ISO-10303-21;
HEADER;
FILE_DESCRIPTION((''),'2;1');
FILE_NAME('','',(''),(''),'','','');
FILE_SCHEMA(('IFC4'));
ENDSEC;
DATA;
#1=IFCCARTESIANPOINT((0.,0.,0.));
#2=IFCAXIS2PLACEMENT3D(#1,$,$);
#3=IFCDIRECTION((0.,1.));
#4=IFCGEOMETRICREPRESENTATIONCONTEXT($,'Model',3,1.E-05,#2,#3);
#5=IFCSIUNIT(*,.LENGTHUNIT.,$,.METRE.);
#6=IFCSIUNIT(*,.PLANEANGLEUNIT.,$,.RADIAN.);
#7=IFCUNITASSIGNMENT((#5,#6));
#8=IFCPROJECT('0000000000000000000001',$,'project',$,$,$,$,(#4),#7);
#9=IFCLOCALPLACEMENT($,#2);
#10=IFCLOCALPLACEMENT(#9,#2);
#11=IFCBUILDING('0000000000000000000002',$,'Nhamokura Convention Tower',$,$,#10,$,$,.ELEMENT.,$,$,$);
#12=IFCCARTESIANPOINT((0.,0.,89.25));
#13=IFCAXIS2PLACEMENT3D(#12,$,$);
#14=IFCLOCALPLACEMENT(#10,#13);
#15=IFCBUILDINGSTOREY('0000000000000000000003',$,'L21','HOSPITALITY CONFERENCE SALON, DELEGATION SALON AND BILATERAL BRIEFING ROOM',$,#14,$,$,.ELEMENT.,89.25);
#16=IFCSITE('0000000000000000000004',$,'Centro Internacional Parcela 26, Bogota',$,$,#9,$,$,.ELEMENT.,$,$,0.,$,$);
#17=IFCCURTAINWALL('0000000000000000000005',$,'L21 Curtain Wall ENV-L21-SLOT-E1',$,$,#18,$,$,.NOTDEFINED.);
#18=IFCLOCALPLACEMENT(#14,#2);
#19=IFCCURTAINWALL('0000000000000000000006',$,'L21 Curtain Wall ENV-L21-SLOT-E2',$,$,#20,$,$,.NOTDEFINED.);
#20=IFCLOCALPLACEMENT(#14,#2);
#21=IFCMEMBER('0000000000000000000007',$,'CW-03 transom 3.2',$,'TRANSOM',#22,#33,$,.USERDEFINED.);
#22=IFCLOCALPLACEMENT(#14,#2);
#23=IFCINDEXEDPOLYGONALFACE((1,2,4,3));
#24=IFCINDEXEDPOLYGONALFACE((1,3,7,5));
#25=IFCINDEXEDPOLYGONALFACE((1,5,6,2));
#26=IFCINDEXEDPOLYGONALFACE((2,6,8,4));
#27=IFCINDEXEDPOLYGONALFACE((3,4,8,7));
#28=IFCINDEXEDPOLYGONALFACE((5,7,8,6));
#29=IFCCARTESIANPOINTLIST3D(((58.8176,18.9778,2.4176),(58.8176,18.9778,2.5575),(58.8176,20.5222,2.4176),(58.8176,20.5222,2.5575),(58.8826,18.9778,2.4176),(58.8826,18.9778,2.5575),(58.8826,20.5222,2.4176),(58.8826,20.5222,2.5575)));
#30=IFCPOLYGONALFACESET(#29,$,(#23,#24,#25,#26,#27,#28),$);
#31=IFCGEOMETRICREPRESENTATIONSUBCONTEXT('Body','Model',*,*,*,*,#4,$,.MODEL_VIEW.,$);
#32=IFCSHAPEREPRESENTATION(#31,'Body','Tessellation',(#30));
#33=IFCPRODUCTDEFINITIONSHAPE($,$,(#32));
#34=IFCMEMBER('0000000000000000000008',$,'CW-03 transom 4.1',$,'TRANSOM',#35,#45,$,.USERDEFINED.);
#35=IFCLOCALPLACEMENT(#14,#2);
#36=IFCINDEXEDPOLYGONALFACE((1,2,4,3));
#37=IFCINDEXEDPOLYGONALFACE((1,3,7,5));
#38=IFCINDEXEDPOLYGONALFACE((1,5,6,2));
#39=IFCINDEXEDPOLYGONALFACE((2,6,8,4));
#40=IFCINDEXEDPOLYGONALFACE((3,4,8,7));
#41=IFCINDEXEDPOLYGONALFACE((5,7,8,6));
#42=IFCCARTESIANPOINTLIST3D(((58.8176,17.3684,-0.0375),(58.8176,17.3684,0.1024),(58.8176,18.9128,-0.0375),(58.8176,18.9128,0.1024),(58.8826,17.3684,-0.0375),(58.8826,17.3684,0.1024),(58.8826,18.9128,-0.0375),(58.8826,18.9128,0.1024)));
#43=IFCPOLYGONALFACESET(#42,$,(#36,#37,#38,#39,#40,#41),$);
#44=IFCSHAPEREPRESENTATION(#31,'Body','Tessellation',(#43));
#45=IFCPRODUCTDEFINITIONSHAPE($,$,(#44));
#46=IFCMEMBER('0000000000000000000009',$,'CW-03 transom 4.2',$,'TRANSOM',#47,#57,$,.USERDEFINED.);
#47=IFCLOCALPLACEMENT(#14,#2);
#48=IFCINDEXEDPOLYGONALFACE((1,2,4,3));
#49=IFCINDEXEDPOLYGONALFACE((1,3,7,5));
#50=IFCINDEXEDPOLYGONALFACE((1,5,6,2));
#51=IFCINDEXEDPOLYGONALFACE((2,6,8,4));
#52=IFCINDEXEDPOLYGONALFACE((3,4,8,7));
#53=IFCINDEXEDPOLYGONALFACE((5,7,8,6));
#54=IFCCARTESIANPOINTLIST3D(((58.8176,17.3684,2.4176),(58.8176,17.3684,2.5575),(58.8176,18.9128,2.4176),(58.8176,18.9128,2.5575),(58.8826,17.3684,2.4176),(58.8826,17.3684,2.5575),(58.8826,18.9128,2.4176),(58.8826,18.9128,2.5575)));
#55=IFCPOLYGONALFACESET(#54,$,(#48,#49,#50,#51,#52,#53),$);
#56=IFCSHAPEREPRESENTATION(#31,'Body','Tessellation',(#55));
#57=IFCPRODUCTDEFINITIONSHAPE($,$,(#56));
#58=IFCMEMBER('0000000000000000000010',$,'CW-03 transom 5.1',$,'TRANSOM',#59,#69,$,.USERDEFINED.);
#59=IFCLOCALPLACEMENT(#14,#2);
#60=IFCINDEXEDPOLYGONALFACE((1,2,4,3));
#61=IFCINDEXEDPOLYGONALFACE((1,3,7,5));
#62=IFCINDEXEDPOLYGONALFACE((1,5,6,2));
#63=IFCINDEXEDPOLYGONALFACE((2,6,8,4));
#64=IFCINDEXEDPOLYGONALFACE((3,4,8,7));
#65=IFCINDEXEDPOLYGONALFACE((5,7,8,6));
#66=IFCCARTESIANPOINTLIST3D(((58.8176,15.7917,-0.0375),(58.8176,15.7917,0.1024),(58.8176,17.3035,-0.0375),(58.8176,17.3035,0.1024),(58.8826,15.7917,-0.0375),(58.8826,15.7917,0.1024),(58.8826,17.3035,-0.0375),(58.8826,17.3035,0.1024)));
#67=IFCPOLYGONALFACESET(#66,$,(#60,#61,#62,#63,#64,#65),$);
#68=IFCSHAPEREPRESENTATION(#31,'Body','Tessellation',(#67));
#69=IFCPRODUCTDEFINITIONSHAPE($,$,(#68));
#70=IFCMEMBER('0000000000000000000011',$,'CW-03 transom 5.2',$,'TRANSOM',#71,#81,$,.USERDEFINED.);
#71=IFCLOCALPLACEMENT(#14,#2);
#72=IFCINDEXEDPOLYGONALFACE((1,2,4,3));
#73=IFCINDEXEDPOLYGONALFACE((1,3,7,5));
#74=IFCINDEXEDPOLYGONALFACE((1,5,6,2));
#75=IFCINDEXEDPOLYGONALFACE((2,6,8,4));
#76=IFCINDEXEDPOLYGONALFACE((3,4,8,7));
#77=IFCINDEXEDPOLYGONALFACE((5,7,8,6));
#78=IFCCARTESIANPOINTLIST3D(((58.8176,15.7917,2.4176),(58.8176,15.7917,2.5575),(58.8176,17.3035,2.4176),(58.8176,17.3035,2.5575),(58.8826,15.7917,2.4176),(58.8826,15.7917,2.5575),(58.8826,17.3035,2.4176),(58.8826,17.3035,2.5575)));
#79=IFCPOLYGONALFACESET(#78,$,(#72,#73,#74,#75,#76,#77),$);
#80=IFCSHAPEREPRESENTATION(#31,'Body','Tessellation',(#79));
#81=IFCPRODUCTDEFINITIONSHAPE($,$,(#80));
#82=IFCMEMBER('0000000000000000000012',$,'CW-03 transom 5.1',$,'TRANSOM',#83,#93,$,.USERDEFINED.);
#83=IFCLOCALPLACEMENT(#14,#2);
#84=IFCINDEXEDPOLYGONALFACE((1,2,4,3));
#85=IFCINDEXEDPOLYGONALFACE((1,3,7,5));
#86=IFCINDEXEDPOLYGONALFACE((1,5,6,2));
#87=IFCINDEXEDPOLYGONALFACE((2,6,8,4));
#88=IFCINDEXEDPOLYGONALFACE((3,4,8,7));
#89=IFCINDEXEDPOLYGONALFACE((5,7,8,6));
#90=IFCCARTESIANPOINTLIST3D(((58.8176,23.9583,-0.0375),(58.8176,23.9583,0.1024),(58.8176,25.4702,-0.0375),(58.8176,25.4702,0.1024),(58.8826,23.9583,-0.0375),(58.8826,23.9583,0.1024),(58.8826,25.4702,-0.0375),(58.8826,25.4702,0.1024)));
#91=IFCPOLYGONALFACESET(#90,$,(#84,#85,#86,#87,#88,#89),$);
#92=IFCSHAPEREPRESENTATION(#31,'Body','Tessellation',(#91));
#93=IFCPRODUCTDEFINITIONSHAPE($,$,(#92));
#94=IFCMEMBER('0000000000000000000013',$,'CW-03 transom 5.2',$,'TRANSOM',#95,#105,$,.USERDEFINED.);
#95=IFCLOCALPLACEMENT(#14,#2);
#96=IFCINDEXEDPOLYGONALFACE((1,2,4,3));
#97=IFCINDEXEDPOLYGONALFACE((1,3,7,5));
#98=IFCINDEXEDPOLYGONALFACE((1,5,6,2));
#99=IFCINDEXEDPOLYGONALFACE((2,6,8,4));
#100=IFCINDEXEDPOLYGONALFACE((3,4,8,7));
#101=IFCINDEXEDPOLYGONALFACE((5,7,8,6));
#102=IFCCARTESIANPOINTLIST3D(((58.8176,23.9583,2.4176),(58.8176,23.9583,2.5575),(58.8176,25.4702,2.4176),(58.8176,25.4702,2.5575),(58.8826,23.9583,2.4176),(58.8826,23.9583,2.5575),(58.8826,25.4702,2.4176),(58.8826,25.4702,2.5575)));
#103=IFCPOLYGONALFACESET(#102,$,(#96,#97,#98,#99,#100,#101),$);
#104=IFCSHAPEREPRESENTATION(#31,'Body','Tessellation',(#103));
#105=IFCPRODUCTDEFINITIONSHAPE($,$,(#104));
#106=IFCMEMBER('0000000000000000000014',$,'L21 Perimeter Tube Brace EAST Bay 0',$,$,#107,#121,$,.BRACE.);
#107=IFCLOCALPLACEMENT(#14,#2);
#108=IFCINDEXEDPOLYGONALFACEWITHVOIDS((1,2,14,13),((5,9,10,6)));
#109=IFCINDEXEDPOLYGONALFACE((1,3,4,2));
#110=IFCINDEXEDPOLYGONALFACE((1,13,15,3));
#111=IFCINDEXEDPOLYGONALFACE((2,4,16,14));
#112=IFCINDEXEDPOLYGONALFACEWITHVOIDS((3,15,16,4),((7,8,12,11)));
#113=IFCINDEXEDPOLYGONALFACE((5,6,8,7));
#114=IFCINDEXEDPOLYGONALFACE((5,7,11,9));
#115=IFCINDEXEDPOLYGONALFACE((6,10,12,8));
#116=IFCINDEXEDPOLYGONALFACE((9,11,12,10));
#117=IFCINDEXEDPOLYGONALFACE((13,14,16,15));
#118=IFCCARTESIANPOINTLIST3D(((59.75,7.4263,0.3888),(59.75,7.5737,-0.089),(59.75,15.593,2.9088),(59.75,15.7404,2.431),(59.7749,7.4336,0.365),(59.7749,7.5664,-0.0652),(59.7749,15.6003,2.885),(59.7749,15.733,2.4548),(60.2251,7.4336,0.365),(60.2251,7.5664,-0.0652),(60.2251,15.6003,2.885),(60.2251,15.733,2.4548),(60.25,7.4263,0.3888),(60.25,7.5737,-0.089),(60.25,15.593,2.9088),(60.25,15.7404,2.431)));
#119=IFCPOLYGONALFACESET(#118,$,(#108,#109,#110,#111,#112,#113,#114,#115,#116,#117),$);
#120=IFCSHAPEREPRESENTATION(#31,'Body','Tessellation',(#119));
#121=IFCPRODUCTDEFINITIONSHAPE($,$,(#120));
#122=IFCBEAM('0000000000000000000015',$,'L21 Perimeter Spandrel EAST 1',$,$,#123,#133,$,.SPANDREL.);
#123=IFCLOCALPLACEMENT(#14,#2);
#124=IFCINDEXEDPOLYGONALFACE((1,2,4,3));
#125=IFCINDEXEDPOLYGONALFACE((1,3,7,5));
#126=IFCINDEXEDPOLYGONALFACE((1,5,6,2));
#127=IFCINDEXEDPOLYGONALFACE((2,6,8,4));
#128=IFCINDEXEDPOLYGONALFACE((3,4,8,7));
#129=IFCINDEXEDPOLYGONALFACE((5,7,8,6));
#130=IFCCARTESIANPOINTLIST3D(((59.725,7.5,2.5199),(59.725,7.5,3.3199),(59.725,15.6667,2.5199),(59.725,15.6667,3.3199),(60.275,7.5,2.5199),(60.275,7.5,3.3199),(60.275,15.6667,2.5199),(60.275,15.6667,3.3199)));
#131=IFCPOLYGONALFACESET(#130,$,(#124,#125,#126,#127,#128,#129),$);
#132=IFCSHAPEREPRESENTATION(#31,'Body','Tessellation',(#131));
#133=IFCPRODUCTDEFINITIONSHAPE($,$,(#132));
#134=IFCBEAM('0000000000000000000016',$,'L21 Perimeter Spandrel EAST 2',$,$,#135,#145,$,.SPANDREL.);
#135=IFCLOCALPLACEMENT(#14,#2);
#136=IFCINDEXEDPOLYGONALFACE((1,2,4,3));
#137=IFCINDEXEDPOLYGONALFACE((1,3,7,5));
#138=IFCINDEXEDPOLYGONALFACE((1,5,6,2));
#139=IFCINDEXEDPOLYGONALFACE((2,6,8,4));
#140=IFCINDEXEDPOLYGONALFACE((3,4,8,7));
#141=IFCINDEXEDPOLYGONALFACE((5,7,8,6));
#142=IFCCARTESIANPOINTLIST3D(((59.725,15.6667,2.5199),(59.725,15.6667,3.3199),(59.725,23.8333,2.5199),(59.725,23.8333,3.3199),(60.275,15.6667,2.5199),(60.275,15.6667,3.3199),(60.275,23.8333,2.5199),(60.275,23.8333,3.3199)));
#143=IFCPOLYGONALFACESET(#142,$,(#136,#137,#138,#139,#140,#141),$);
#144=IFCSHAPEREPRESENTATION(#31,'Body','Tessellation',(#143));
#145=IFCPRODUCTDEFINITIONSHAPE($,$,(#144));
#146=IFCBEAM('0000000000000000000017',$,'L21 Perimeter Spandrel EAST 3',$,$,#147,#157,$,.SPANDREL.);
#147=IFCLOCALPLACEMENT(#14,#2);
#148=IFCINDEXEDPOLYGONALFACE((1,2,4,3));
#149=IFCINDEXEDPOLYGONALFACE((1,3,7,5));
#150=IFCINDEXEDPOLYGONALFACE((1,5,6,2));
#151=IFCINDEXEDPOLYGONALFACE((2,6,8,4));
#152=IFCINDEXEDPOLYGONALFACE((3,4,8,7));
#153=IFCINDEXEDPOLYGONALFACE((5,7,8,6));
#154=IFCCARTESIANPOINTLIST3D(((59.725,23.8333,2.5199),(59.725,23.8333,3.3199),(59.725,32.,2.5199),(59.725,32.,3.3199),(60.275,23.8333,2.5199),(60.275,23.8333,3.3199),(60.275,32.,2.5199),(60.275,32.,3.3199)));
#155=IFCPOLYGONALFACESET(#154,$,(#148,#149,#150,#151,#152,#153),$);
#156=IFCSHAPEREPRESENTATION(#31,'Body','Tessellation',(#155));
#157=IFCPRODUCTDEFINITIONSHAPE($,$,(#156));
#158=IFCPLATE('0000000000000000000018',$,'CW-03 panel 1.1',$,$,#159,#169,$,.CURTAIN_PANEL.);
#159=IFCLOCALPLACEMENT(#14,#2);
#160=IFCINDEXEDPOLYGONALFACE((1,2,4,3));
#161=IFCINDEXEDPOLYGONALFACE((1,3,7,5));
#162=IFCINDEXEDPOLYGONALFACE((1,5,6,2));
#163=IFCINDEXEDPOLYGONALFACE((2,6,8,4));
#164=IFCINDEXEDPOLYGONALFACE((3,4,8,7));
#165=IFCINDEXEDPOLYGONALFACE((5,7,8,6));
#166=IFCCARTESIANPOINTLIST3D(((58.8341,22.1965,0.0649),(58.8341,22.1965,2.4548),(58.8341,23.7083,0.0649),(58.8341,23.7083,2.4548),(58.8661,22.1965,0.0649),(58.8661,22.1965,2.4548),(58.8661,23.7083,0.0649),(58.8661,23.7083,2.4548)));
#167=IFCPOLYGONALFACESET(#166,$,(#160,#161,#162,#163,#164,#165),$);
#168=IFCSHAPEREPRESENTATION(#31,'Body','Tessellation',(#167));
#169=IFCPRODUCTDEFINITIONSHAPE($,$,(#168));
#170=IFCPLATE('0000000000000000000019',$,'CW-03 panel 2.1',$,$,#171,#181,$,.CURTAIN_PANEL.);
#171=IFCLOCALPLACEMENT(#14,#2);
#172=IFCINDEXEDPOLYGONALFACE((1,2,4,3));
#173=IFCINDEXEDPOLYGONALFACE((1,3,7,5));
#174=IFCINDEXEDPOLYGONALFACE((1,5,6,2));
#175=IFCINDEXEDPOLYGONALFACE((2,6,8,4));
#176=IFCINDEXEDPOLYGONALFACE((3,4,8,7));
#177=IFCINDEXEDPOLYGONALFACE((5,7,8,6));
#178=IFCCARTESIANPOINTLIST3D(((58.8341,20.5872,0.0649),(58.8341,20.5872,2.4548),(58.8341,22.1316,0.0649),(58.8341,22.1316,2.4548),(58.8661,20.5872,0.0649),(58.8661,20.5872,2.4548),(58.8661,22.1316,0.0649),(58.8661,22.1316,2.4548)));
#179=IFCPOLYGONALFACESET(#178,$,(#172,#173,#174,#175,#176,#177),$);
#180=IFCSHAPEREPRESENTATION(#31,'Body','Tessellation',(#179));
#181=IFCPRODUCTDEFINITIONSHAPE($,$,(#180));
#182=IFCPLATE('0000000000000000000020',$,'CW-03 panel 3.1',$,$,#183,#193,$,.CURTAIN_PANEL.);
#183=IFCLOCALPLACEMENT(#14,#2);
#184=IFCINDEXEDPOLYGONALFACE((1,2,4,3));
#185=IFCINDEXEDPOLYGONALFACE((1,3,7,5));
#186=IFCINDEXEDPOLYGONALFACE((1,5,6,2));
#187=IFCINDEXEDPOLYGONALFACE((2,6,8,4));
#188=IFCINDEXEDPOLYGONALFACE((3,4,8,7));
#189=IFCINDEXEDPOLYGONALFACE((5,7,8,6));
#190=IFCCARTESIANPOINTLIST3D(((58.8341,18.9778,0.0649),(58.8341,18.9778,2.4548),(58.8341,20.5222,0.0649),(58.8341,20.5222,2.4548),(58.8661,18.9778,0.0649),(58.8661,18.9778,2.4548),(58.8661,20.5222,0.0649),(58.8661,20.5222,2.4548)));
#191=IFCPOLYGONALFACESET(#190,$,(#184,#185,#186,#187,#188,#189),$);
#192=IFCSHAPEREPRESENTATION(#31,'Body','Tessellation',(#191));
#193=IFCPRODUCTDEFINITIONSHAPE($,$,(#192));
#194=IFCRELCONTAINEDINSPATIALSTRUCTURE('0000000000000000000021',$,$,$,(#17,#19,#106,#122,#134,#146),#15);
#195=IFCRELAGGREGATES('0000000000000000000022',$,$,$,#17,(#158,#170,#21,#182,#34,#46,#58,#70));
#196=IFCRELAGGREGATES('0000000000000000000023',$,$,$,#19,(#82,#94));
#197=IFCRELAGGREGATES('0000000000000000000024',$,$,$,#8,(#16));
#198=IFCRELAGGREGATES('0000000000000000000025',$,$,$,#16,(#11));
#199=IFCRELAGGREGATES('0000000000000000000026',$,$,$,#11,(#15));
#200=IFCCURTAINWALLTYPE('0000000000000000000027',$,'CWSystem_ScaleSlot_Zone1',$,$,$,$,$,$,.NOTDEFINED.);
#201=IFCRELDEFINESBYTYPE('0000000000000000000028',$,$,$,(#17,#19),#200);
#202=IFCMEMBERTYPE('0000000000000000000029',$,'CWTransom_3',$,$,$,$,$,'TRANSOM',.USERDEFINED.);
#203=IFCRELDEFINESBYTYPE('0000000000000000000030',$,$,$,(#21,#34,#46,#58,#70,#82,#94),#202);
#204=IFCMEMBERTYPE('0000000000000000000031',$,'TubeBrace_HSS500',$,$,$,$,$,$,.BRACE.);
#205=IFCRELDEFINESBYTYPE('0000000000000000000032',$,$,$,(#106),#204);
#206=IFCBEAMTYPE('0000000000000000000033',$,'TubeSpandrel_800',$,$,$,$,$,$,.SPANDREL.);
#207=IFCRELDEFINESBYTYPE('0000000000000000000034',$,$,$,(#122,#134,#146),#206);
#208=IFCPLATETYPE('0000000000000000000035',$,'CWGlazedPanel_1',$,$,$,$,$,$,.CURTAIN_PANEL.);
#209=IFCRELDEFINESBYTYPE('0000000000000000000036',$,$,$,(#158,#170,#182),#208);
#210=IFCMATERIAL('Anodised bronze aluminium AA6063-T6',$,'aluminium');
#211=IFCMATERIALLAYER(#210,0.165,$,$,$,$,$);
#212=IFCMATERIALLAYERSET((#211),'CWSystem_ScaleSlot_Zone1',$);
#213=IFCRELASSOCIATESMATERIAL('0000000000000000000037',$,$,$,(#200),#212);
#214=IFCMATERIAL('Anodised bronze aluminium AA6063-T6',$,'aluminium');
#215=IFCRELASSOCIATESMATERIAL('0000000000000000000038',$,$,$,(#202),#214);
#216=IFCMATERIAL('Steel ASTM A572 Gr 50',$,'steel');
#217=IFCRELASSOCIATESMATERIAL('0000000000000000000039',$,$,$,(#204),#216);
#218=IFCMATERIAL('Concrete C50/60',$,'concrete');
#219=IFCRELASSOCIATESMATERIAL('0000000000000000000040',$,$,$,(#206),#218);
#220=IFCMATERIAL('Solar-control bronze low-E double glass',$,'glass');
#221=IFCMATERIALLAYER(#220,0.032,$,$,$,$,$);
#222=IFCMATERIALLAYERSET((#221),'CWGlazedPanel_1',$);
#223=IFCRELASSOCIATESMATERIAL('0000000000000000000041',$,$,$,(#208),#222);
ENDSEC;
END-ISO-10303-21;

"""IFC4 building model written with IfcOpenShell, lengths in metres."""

from ifc_helpers import new_model, si_unit, direction, frame, origin, origin_2d, place, context, subcontext, project, spatial, rectangle, hollow_rectangle, extrude, material, layer, layer_set, material_profile, profile_set, type_object, element, aggregate, save


model = new_model("IFC4")

# Units and contexts
model_context = context("Model", 3, precision=1e-05, world=origin(), true_north=direction((0.0, 1.0)))
body_context = subcontext(model_context, "Body", "Model", "MODEL_VIEW")
ifc_project = project(units=[si_unit("LENGTHUNIT", "METRE"), si_unit("PLANEANGLEUNIT", "RADIAN")], contexts=[model_context])

# Site, building, storey
site_placement = place(None, origin())
site = spatial("IfcSite", under=ifc_project, at=site_placement, Name="Centro Internacional Parcela 26, Bogota", CompositionType="ELEMENT", RefElevation=0.0)
building_placement = place(site_placement, origin())
building = spatial("IfcBuilding", under=site, at=building_placement, Name="Nhamokura Convention Tower", CompositionType="ELEMENT")
storey_placement = place(building_placement, frame((0.0, 0.0, 89.25)))
storey = spatial("IfcBuildingStorey", under=building, at=storey_placement, Name="L21", Description="HOSPITALITY CONFERENCE SALON, DELEGATION SALON AND BILATERAL BRIEFING ROOM", CompositionType="ELEMENT", Elevation=89.25)

# Curtain walls
ifc_material_1 = material(Name="Anodised bronze aluminium AA6063-T6", Category="aluminium")
ifc_layer_1 = layer(ifc_material_1, 0.165)
ifc_layer_set_1 = layer_set([ifc_layer_1], Name="CWSystem_ScaleSlot_Zone1")
curtain_wall_type = type_object("IfcCurtainWallType", Name="CWSystem_ScaleSlot_Zone1", PredefinedType="NOTDEFINED", material=ifc_layer_set_1)
curtain_wall_1_placement = place(storey_placement, origin())
curtain_wall_1 = element("IfcCurtainWall", 1, at=curtain_wall_1_placement, inside=storey, type_object=curtain_wall_type, Name="L21 Curtain Wall ENV-L21-SLOT-E1", PredefinedType="NOTDEFINED")
curtain_wall_2_placement = place(storey_placement, origin())
curtain_wall_2 = element("IfcCurtainWall", 2, at=curtain_wall_2_placement, inside=storey, type_object=curtain_wall_type, Name="L21 Curtain Wall ENV-L21-SLOT-E2", PredefinedType="NOTDEFINED")

# Members
ifc_material_2 = material(Name="Anodised bronze aluminium AA6063-T6", Category="aluminium")
ifc_material_profile_1 = material_profile(ifc_material_2, rectangle(XDim=0.0649, YDim=0.1399, at=origin_2d()))
ifc_profile_set_1 = profile_set([ifc_material_profile_1], Name="Anodised bronze aluminium AA6063-T6")
member_type_1 = type_object("IfcMemberType", Name="CWTransom_3", ElementType="TRANSOM", PredefinedType="USERDEFINED", material=ifc_profile_set_1)
member_1_placement = place(storey_placement, frame((58.8501, 20.5222, 2.4875), z_axis=(0.0, -1.0, 0.0), x_axis=(1.0, 0.0, 0.0)))
member_1 = element("IfcMember", 3, at=member_1_placement, type_object=member_type_1, Name="CW-03 transom 3.2", ObjectType="TRANSOM", PredefinedType="USERDEFINED", context=body_context, shape_type="SweptSolid", body=[
    extrude(rectangle(XDim=0.0649, YDim=0.1399, at=origin_2d()), origin(), (0.0, 0.0, 1.0), 1.5444),
])
member_2_placement = place(storey_placement, frame((58.8501, 18.9128, 0.0325), z_axis=(0.0, -1.0, 0.0), x_axis=(1.0, 0.0, 0.0)))
member_2 = element("IfcMember", 4, at=member_2_placement, type_object=member_type_1, Name="CW-03 transom 4.1", ObjectType="TRANSOM", PredefinedType="USERDEFINED", context=body_context, shape_type="SweptSolid", body=[
    extrude(rectangle(XDim=0.0649, YDim=0.1399, at=origin_2d()), origin(), (0.0, 0.0, 1.0), 1.5444),
])
member_3_placement = place(storey_placement, frame((58.8501, 18.9128, 2.4875), z_axis=(0.0, -1.0, 0.0), x_axis=(1.0, 0.0, 0.0)))
member_3 = element("IfcMember", 5, at=member_3_placement, type_object=member_type_1, Name="CW-03 transom 4.2", ObjectType="TRANSOM", PredefinedType="USERDEFINED", context=body_context, shape_type="SweptSolid", body=[
    extrude(rectangle(XDim=0.0649, YDim=0.1399, at=origin_2d()), origin(), (0.0, 0.0, 1.0), 1.5444),
])
member_4_placement = place(storey_placement, frame((58.8501, 17.3035, 0.0325), z_axis=(0.0, -1.0, 0.0), x_axis=(1.0, 0.0, 0.0)))
member_4 = element("IfcMember", 6, at=member_4_placement, type_object=member_type_1, Name="CW-03 transom 5.1", ObjectType="TRANSOM", PredefinedType="USERDEFINED", context=body_context, shape_type="SweptSolid", body=[
    extrude(rectangle(XDim=0.0649, YDim=0.1399, at=origin_2d()), origin(), (0.0, 0.0, 1.0), 1.5117),
])
member_5_placement = place(storey_placement, frame((58.8501, 17.3035, 2.4875), z_axis=(0.0, -1.0, 0.0), x_axis=(1.0, 0.0, 0.0)))
member_5 = element("IfcMember", 7, at=member_5_placement, type_object=member_type_1, Name="CW-03 transom 5.2", ObjectType="TRANSOM", PredefinedType="USERDEFINED", context=body_context, shape_type="SweptSolid", body=[
    extrude(rectangle(XDim=0.0649, YDim=0.1399, at=origin_2d()), origin(), (0.0, 0.0, 1.0), 1.5117),
])
member_6_placement = place(storey_placement, frame((58.8501, 25.4702, 0.0325), z_axis=(0.0, -1.0, 0.0), x_axis=(1.0, 0.0, 0.0)))
member_6 = element("IfcMember", 8, at=member_6_placement, type_object=member_type_1, Name="CW-03 transom 5.1", ObjectType="TRANSOM", PredefinedType="USERDEFINED", context=body_context, shape_type="SweptSolid", body=[
    extrude(rectangle(XDim=0.0649, YDim=0.1399, at=origin_2d()), origin(), (0.0, 0.0, 1.0), 1.512),
])
member_7_placement = place(storey_placement, frame((58.8501, 25.4702, 2.4875), z_axis=(0.0, -1.0, 0.0), x_axis=(1.0, 0.0, 0.0)))
member_7 = element("IfcMember", 9, at=member_7_placement, type_object=member_type_1, Name="CW-03 transom 5.2", ObjectType="TRANSOM", PredefinedType="USERDEFINED", context=body_context, shape_type="SweptSolid", body=[
    extrude(rectangle(XDim=0.0649, YDim=0.1399, at=origin_2d()), origin(), (0.0, 0.0, 1.0), 1.512),
])
ifc_material_3 = material(Name="Steel ASTM A572 Gr 50", Category="steel")
ifc_material_profile_2 = material_profile(ifc_material_3, hollow_rectangle(XDim=0.5, YDim=0.5, WallThickness=0.0249, at=origin_2d()))
ifc_profile_set_2 = profile_set([ifc_material_profile_2], Name="Steel ASTM A572 Gr 50")
member_type_2 = type_object("IfcMemberType", Name="TubeBrace_HSS500", PredefinedType="BRACE", material=ifc_profile_set_2)
member_8_placement = place(storey_placement, frame((60.0, 7.5, 0.1499), z_axis=(0.0, 0.955543, 0.294853), x_axis=(-1.0, 0.0, 0.0)))
element("IfcMember", 10, at=member_8_placement, inside=storey, type_object=member_type_2, Name="L21 Perimeter Tube Brace EAST Bay 0", PredefinedType="BRACE", context=body_context, shape_type="SweptSolid", body=[
    extrude(hollow_rectangle(XDim=0.5, YDim=0.5, WallThickness=0.0249, at=origin_2d()), origin(), (0.0, 0.0, 1.0), 8.5466),
])

# Beams
ifc_material_4 = material(Name="Concrete C50/60", Category="concrete")
ifc_material_profile_3 = material_profile(ifc_material_4, rectangle(XDim=0.55, YDim=0.8, at=origin_2d()))
ifc_profile_set_3 = profile_set([ifc_material_profile_3], Name="Concrete C50/60")
beam_type = type_object("IfcBeamType", Name="TubeSpandrel_800", PredefinedType="SPANDREL", material=ifc_profile_set_3)
beam_1_placement = place(storey_placement, frame((60.0, 7.5, 2.9199), z_axis=(0.0, 1.0, 0.0), x_axis=(-1.0, 0.0, 0.0)))
element("IfcBeam", 11, at=beam_1_placement, inside=storey, type_object=beam_type, Name="L21 Perimeter Spandrel EAST 1", PredefinedType="SPANDREL", context=body_context, shape_type="SweptSolid", body=[
    extrude(rectangle(XDim=0.55, YDim=0.8, at=origin_2d()), origin(), (0.0, 0.0, 1.0), 8.1667),
])
beam_2_placement = place(storey_placement, frame((60.0, 15.6667, 2.9199), z_axis=(0.0, 1.0, 0.0), x_axis=(-1.0, 0.0, 0.0)))
element("IfcBeam", 12, at=beam_2_placement, inside=storey, type_object=beam_type, Name="L21 Perimeter Spandrel EAST 2", PredefinedType="SPANDREL", context=body_context, shape_type="SweptSolid", body=[
    extrude(rectangle(XDim=0.55, YDim=0.8, at=origin_2d()), origin(), (0.0, 0.0, 1.0), 8.1665),
])
beam_3_placement = place(storey_placement, frame((60.0, 23.8333, 2.9199), z_axis=(0.0, 1.0, 0.0), x_axis=(-1.0, 0.0, 0.0)))
element("IfcBeam", 13, at=beam_3_placement, inside=storey, type_object=beam_type, Name="L21 Perimeter Spandrel EAST 3", PredefinedType="SPANDREL", context=body_context, shape_type="SweptSolid", body=[
    extrude(rectangle(XDim=0.55, YDim=0.8, at=origin_2d()), origin(), (0.0, 0.0, 1.0), 8.1667),
])

# Plates
ifc_material_5 = material(Name="Solar-control bronze low-E double glass", Category="glass")
ifc_layer_2 = layer(ifc_material_5, 0.032)
ifc_layer_set_2 = layer_set([ifc_layer_2], Name="CWGlazedPanel_1")
plate_type = type_object("IfcPlateType", Name="CWGlazedPanel_1", PredefinedType="CURTAIN_PANEL", material=ifc_layer_set_2)
plate_1_placement = place(storey_placement, frame((58.8501, 22.9524, 0.0649), z_axis=(0.0, 0.0, 1.0), x_axis=(0.0, -1.0, 0.0)))
plate_1 = element("IfcPlate", 14, at=plate_1_placement, type_object=plate_type, Name="CW-03 panel 1.1", PredefinedType="CURTAIN_PANEL", context=body_context, shape_type="SweptSolid", body=[
    extrude(rectangle(XDim=1.5117, YDim=0.032, at=origin_2d()), origin(), (0.0, 0.0, 1.0), 2.3899),
])
plate_2_placement = place(storey_placement, frame((58.8501, 21.3594, 0.0649), z_axis=(0.0, 0.0, 1.0), x_axis=(0.0, -1.0, 0.0)))
plate_2 = element("IfcPlate", 15, at=plate_2_placement, type_object=plate_type, Name="CW-03 panel 2.1", PredefinedType="CURTAIN_PANEL", context=body_context, shape_type="SweptSolid", body=[
    extrude(rectangle(XDim=1.5444, YDim=0.032, at=origin_2d()), origin(), (0.0, 0.0, 1.0), 2.3899),
])
plate_3_placement = place(storey_placement, frame((58.8501, 19.75, 0.0649), z_axis=(0.0, 0.0, 1.0), x_axis=(0.0, -1.0, 0.0)))
plate_3 = element("IfcPlate", 16, at=plate_3_placement, type_object=plate_type, Name="CW-03 panel 3.1", PredefinedType="CURTAIN_PANEL", context=body_context, shape_type="SweptSolid", body=[
    extrude(rectangle(XDim=1.5444, YDim=0.032, at=origin_2d()), origin(), (0.0, 0.0, 1.0), 2.3899),
])
aggregate(curtain_wall_1, [plate_1, plate_2, member_1, plate_3, member_2, member_3, member_4, member_5])
aggregate(curtain_wall_2, [member_6, member_7])

save(model, "model.ifc")
